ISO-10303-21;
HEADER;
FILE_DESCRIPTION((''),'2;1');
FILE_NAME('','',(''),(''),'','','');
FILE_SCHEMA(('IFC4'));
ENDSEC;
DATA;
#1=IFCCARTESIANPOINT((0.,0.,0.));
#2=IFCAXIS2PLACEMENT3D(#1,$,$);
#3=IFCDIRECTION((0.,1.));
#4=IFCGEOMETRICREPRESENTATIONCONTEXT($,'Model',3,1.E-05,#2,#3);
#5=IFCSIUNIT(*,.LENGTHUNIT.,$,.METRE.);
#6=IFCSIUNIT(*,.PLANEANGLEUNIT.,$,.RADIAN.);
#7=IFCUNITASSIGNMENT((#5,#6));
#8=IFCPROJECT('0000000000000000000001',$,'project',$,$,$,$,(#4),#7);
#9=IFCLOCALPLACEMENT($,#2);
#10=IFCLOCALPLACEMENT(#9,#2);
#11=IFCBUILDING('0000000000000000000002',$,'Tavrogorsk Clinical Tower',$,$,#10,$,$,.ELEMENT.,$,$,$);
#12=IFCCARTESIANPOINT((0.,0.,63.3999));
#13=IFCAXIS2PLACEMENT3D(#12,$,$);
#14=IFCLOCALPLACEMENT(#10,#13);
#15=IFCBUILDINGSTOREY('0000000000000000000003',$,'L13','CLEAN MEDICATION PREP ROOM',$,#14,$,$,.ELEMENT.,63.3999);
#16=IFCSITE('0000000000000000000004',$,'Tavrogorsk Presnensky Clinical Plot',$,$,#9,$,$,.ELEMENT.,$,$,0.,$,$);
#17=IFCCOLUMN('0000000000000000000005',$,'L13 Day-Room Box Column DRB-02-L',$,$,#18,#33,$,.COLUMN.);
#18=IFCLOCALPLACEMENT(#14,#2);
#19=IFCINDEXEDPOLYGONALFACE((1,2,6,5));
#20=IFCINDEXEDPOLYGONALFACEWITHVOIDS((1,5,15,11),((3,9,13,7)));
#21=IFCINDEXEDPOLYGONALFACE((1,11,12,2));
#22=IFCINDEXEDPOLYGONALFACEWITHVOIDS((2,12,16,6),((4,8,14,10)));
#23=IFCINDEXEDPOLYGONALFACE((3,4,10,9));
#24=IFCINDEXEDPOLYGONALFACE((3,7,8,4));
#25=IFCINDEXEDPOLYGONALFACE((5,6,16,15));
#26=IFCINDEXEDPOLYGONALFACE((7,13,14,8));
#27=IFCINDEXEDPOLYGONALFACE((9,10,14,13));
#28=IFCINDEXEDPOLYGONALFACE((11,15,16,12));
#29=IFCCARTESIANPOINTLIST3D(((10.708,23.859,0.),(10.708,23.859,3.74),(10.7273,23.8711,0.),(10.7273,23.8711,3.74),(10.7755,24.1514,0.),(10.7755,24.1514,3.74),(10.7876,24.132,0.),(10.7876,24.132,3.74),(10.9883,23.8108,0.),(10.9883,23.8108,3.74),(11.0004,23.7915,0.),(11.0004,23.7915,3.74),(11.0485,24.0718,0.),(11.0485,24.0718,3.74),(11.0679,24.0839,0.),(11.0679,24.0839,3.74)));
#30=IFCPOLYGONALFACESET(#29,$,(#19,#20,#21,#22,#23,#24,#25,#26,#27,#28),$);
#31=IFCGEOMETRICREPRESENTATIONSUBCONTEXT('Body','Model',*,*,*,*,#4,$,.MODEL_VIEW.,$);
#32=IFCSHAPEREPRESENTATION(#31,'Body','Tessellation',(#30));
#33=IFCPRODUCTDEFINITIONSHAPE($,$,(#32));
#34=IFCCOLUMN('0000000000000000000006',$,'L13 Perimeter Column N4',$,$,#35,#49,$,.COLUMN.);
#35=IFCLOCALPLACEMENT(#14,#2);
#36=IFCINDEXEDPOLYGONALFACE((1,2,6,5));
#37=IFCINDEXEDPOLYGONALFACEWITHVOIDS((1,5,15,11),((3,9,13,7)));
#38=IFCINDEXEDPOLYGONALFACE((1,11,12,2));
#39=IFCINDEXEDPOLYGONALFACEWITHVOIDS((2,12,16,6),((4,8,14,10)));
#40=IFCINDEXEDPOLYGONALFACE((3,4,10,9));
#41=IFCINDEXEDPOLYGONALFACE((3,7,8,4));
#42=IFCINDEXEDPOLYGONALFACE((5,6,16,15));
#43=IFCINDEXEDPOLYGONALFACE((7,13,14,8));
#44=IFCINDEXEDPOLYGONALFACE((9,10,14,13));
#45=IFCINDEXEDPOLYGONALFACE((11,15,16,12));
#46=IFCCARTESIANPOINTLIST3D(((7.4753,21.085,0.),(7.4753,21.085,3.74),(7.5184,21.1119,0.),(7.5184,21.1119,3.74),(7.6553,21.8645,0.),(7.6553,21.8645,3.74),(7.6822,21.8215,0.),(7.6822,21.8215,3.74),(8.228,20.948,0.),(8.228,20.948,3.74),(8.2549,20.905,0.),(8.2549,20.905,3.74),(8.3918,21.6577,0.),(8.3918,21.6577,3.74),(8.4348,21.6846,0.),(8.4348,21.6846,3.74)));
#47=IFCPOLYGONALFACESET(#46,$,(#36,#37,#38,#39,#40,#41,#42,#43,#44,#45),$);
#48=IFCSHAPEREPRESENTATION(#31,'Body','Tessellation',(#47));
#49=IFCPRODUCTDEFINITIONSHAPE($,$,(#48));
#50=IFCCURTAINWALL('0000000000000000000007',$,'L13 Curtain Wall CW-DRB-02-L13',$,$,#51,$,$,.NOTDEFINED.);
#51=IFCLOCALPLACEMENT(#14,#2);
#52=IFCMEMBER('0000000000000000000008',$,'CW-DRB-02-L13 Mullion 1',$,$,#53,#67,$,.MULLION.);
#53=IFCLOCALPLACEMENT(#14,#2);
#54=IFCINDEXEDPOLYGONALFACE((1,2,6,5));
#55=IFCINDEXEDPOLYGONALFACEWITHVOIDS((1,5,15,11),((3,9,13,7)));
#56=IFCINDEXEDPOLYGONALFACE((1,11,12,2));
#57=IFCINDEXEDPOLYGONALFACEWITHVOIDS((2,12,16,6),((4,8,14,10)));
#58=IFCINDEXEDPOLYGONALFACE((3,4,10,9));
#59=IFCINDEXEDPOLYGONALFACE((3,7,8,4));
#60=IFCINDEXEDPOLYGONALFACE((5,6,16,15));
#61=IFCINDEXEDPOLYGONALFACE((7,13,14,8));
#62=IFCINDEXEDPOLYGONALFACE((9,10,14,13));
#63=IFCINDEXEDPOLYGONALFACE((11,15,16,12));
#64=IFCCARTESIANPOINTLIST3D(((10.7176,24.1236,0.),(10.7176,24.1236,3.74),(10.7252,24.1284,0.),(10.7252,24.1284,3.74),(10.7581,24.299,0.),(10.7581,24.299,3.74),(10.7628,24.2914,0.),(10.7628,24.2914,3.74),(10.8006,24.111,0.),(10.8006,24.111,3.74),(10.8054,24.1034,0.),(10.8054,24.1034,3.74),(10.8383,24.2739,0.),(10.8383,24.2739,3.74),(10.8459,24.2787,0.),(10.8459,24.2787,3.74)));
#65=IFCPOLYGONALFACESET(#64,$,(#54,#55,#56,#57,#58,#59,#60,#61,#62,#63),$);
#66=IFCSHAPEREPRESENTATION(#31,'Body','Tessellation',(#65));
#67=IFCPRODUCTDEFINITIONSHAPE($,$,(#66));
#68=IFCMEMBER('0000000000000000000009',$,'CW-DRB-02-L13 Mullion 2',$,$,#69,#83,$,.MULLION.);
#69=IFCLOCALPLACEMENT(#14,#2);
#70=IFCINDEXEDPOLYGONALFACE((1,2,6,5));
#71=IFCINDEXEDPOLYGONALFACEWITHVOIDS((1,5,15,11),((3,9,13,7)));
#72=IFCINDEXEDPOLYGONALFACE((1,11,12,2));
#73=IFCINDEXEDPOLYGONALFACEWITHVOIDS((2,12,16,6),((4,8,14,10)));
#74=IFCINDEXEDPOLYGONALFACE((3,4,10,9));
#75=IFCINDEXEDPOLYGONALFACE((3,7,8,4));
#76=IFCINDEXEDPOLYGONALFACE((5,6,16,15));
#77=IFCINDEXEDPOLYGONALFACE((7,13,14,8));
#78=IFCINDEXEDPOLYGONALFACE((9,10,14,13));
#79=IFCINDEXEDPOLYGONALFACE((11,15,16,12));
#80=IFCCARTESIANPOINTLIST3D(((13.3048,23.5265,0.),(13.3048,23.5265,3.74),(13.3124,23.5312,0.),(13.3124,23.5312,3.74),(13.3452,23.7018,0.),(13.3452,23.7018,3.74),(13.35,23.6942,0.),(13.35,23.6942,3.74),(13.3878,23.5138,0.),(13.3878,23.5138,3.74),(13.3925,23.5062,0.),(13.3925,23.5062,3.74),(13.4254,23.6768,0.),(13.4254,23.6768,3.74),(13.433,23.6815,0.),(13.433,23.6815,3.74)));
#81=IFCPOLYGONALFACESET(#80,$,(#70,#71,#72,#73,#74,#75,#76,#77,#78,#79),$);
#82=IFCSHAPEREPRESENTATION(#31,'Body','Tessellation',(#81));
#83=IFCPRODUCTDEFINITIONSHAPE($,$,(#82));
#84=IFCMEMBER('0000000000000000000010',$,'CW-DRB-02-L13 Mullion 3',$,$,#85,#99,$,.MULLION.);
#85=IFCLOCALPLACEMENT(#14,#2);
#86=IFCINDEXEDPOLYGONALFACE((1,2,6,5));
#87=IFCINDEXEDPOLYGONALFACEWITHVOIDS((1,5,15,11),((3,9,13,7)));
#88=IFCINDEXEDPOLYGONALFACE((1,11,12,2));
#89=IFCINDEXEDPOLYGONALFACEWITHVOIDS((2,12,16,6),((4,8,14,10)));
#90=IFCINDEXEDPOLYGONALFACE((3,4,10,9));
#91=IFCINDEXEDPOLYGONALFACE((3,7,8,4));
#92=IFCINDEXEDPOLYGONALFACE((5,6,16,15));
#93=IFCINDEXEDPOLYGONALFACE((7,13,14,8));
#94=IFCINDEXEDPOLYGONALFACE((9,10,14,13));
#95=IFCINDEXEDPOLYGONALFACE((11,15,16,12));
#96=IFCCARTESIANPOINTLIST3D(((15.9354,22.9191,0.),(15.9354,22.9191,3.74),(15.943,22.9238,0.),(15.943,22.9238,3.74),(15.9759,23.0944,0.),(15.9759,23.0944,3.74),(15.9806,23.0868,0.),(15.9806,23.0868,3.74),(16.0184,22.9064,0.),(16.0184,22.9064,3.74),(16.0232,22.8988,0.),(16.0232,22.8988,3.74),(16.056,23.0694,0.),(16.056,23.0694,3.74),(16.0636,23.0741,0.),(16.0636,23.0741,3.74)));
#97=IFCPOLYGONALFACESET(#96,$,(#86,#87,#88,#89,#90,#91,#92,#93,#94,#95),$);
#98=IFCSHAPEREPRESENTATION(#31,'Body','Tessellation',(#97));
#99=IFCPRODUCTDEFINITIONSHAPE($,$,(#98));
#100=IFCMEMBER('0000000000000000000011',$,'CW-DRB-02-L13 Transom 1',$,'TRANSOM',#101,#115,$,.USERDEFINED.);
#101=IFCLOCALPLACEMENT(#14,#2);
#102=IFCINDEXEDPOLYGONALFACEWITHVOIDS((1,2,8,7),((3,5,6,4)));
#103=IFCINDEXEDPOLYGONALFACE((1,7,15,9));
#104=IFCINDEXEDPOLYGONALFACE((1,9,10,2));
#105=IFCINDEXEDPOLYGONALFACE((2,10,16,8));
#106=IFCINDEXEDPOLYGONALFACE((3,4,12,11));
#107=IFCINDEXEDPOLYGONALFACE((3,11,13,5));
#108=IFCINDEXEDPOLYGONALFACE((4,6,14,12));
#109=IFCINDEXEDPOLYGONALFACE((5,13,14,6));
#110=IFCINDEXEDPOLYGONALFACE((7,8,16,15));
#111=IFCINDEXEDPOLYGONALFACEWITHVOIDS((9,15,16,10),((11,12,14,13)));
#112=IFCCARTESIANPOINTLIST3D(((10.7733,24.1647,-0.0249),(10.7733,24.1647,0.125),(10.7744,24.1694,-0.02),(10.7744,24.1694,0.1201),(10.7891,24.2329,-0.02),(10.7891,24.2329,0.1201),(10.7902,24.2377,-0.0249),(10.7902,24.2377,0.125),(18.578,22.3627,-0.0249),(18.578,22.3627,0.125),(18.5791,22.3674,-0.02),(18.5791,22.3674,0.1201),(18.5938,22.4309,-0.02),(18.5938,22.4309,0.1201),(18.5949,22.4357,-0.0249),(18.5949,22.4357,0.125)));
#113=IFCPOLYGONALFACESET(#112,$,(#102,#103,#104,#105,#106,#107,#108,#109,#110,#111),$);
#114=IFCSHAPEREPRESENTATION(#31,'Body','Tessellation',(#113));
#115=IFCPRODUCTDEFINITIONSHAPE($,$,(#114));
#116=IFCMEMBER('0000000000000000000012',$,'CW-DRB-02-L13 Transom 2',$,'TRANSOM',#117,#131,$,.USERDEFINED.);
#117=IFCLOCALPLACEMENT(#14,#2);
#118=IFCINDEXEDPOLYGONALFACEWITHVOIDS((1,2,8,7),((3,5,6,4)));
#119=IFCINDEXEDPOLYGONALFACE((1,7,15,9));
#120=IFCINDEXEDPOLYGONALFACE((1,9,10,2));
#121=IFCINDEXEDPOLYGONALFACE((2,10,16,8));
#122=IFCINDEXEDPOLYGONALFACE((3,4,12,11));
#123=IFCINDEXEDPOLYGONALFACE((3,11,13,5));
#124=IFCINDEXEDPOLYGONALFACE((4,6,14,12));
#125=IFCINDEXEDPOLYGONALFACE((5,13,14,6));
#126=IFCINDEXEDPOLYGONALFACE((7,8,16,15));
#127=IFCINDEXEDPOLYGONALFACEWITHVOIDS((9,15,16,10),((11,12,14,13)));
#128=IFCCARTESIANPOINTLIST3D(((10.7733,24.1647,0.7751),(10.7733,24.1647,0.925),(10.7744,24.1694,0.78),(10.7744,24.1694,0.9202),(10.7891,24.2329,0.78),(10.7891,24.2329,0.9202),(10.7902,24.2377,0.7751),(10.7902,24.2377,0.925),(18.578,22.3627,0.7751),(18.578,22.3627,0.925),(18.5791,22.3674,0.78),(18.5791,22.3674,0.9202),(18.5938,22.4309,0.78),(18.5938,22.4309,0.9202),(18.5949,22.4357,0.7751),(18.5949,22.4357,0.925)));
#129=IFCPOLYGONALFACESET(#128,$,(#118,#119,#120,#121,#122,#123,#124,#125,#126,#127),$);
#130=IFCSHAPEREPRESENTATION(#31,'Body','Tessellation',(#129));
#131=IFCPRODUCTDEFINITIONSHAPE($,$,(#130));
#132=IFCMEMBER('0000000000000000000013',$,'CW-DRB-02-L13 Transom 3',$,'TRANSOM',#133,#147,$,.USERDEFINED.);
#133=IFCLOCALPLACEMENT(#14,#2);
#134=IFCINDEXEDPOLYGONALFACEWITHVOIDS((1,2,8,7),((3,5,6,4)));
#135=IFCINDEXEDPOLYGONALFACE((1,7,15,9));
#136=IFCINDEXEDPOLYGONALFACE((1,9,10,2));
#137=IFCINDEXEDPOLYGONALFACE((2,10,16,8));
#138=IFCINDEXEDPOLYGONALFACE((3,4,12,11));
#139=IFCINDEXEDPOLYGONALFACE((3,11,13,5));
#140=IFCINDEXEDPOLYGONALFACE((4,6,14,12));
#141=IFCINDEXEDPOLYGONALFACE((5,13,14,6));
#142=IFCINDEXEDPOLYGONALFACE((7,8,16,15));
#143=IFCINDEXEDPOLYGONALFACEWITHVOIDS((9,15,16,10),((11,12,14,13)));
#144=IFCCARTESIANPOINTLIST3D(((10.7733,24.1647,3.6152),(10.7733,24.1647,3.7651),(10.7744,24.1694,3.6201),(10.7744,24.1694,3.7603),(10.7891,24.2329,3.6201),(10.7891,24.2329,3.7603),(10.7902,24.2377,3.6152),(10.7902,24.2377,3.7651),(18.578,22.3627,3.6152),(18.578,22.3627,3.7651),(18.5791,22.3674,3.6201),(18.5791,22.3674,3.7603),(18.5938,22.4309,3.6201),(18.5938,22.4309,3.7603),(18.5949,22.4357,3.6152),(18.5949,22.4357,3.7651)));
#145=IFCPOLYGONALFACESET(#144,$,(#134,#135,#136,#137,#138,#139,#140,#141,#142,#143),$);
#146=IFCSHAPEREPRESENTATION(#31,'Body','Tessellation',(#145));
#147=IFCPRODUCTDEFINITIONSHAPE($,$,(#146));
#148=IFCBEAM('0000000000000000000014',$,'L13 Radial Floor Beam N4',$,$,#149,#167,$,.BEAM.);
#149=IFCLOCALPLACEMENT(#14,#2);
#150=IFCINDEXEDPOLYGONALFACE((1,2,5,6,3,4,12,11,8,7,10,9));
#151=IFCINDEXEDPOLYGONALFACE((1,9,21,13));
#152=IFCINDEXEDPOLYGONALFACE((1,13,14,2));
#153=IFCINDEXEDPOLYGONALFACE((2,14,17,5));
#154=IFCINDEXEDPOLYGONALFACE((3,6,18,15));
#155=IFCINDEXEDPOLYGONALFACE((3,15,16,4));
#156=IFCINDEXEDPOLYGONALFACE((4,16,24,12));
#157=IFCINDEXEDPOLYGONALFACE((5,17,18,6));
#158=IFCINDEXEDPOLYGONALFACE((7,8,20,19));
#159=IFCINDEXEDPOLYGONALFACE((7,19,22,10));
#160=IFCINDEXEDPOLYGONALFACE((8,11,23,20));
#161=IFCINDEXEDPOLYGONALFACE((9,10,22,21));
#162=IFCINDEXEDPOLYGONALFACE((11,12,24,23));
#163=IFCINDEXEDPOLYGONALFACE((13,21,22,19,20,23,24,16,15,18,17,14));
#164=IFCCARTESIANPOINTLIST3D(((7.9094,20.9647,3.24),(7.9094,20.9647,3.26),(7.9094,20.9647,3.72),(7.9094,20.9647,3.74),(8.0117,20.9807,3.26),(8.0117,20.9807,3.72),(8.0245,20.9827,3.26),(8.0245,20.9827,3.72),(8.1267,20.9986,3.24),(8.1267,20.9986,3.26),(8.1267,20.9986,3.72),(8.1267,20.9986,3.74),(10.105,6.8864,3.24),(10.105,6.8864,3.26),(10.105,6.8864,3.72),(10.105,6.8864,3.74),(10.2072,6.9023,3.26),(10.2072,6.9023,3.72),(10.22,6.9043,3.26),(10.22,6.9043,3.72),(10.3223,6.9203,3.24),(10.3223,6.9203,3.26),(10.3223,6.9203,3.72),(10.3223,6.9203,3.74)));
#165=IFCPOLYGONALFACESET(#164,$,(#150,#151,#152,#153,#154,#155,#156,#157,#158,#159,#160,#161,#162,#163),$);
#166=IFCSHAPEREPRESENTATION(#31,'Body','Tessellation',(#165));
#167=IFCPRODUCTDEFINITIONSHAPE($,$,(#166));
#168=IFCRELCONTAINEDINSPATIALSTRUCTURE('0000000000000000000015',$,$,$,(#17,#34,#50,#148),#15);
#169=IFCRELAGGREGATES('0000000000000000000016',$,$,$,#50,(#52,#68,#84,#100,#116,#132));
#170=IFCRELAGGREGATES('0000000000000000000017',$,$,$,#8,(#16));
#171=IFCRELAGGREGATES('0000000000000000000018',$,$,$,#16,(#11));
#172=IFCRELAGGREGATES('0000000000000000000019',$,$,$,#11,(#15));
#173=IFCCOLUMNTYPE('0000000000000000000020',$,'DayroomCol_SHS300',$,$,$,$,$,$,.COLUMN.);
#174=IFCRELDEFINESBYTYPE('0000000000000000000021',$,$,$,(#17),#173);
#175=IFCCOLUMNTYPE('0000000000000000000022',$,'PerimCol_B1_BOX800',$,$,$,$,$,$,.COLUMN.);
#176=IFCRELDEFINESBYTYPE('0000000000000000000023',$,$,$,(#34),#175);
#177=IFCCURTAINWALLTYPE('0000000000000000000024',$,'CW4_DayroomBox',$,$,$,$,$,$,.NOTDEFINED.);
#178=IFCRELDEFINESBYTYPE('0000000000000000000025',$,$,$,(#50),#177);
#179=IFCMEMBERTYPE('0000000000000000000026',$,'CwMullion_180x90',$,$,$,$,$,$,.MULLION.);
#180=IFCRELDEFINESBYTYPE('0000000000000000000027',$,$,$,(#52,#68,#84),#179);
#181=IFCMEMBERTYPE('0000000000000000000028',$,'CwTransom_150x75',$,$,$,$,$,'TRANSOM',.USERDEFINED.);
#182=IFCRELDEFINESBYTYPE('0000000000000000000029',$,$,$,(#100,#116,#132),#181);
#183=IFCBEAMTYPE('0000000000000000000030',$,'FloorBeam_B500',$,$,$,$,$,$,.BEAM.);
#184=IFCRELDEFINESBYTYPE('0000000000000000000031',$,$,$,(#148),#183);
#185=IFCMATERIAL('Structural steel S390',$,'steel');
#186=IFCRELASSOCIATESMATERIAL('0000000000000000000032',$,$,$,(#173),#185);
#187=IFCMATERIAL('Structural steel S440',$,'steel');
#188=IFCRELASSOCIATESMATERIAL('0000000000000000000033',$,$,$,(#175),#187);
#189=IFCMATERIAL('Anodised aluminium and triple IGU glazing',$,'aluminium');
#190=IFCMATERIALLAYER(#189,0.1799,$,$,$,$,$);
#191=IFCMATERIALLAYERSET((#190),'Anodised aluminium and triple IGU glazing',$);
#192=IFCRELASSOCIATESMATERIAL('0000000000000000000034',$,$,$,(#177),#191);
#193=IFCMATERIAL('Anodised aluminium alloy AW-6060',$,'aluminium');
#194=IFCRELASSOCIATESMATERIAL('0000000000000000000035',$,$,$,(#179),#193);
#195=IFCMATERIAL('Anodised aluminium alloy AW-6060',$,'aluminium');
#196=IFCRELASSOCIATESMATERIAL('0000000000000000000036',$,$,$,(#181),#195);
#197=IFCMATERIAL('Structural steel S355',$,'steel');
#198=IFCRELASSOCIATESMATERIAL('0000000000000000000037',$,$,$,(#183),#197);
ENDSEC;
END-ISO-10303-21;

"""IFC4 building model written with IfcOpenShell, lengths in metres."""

from ifc_helpers import new_model, si_unit, direction, frame, origin, origin_2d, place, context, subcontext, project, spatial, hollow_rectangle, i_section, extrude, material, layer, layer_set, material_profile, profile_set, type_object, element, aggregate, save


model = new_model("IFC4")

# Units and contexts
model_context = context("Model", 3, precision=1e-05, world=origin(), true_north=direction((0.0, 1.0)))
body_context = subcontext(model_context, "Body", "Model", "MODEL_VIEW")
ifc_project = project(units=[si_unit("LENGTHUNIT", "METRE"), si_unit("PLANEANGLEUNIT", "RADIAN")], contexts=[model_context])

# Site, building, storey
site_placement = place(None, origin())
site = spatial("IfcSite", under=ifc_project, at=site_placement, Name="Tavrogorsk Presnensky Clinical Plot", CompositionType="ELEMENT", RefElevation=0.0)
building_placement = place(site_placement, origin())
building = spatial("IfcBuilding", under=site, at=building_placement, Name="Tavrogorsk Clinical Tower", CompositionType="ELEMENT")
storey_placement = place(building_placement, frame((0.0, 0.0, 63.3999)))
storey = spatial("IfcBuildingStorey", under=building, at=storey_placement, Name="L13", Description="CLEAN MEDICATION PREP ROOM", CompositionType="ELEMENT", Elevation=63.3999)

# Columns
ifc_material_1 = material(Name="Structural steel S390", Category="steel")
ifc_material_profile_1 = material_profile(ifc_material_1, hollow_rectangle(XDim=0.3, YDim=0.3, WallThickness=0.0161, at=origin_2d()), Name="SHS-300x300x16")
ifc_profile_set_1 = profile_set([ifc_material_profile_1], Name="Structural steel S390")
column_type_1 = type_object("IfcColumnType", Name="DayroomCol_SHS300", PredefinedType="COLUMN", material=ifc_profile_set_1)
column_1_placement = place(storey_placement, frame((10.8879, 23.9714, 0.0), z_axis=(0.0, 0.0, 1.0), x_axis=(0.97437, -0.224951, 0.0)))
element("IfcColumn", 1, at=column_1_placement, inside=storey, type_object=column_type_1, Name="L13 Day-Room Box Column DRB-02-L", PredefinedType="COLUMN", context=body_context, shape_type="SweptSolid", body=[
    extrude(hollow_rectangle(XDim=0.3, YDim=0.3, WallThickness=0.0161, at=origin_2d()), origin(), (0.0, 0.0, 1.0), 3.74),
])
ifc_material_2 = material(Name="Structural steel S440", Category="steel")
ifc_material_profile_2 = material_profile(ifc_material_2, hollow_rectangle(XDim=0.8, YDim=0.8, WallThickness=0.0359, at=origin_2d()), Name="BOX-800x800x36")
ifc_profile_set_2 = profile_set([ifc_material_profile_2], Name="Structural steel S440")
column_type_2 = type_object("IfcColumnType", Name="PerimCol_B1_BOX800", PredefinedType="COLUMN", material=ifc_profile_set_2)
column_2_placement = place(storey_placement, frame((7.9551, 21.3848, 0.0), z_axis=(0.0, 0.0, 1.0), x_axis=(0.97437, -0.224951, 0.0)))
element("IfcColumn", 2, at=column_2_placement, inside=storey, type_object=column_type_2, Name="L13 Perimeter Column N4", PredefinedType="COLUMN", context=body_context, shape_type="SweptSolid", body=[
    extrude(hollow_rectangle(XDim=0.8, YDim=0.8, WallThickness=0.0359, at=origin_2d()), origin(), (0.0, 0.0, 1.0), 3.74),
])

# Curtain wall, members
ifc_material_3 = material(Name="Anodised aluminium and triple IGU glazing", Category="aluminium")
ifc_layer_1 = layer(ifc_material_3, 0.1799)
ifc_layer_set_1 = layer_set([ifc_layer_1], Name="Anodised aluminium and triple IGU glazing")
curtain_wall_type = type_object("IfcCurtainWallType", Name="CW4_DayroomBox", PredefinedType="NOTDEFINED", material=ifc_layer_set_1)
curtain_wall_placement = place(storey_placement, origin())
curtain_wall = element("IfcCurtainWall", 3, at=curtain_wall_placement, inside=storey, type_object=curtain_wall_type, Name="L13 Curtain Wall CW-DRB-02-L13", PredefinedType="NOTDEFINED")
ifc_material_4 = material(Name="Anodised aluminium alloy AW-6060", Category="aluminium")
ifc_material_profile_3 = material_profile(ifc_material_4, hollow_rectangle(XDim=0.0901, YDim=0.1799, WallThickness=0.0063, at=origin_2d()), Name="RHS-180x90x6.3")
ifc_profile_set_3 = profile_set([ifc_material_profile_3], Name="Anodised aluminium alloy AW-6060")
member_type_1 = type_object("IfcMemberType", Name="CwMullion_180x90", PredefinedType="MULLION", material=ifc_profile_set_3)
member_1_placement = place(storey_placement, frame((10.7817, 24.2012, 0.0), z_axis=(0.0, 0.0, 1.0), x_axis=(0.97437, -0.224951, 0.0)))
member_1 = element("IfcMember", 4, at=member_1_placement, type_object=member_type_1, Name="CW-DRB-02-L13 Mullion 1", PredefinedType="MULLION", context=body_context, shape_type="SweptSolid", body=[
    extrude(hollow_rectangle(XDim=0.0901, YDim=0.1799, WallThickness=0.0063, at=origin_2d()), origin(), (0.0, 0.0, 1.0), 3.74),
])
member_2_placement = place(storey_placement, frame((13.3689, 23.604, 0.0), z_axis=(0.0, 0.0, 1.0), x_axis=(0.97437, -0.224951, 0.0)))
member_2 = element("IfcMember", 5, at=member_2_placement, type_object=member_type_1, Name="CW-DRB-02-L13 Mullion 2", PredefinedType="MULLION", context=body_context, shape_type="SweptSolid", body=[
    extrude(hollow_rectangle(XDim=0.0901, YDim=0.1799, WallThickness=0.0063, at=origin_2d()), origin(), (0.0, 0.0, 1.0), 3.74),
])
member_3_placement = place(storey_placement, frame((15.9995, 22.9966, 0.0), z_axis=(0.0, 0.0, 1.0), x_axis=(0.97437, -0.224951, 0.0)))
member_3 = element("IfcMember", 6, at=member_3_placement, type_object=member_type_1, Name="CW-DRB-02-L13 Mullion 3", PredefinedType="MULLION", context=body_context, shape_type="SweptSolid", body=[
    extrude(hollow_rectangle(XDim=0.0901, YDim=0.1799, WallThickness=0.0063, at=origin_2d()), origin(), (0.0, 0.0, 1.0), 3.74),
])
ifc_material_5 = material(Name="Anodised aluminium alloy AW-6060", Category="aluminium")
ifc_material_profile_4 = material_profile(ifc_material_5, hollow_rectangle(XDim=0.075, YDim=0.1499, WallThickness=0.0049, at=origin_2d()), Name="RHS-150x75x5")
ifc_profile_set_4 = profile_set([ifc_material_profile_4], Name="Anodised aluminium alloy AW-6060")
member_type_2 = type_object("IfcMemberType", Name="CwTransom_150x75", ElementType="TRANSOM", PredefinedType="USERDEFINED", material=ifc_profile_set_4)
member_4_placement = place(storey_placement, frame((10.7817, 24.2012, 0.05), z_axis=(0.974366, -0.224969, 0.0), x_axis=(0.224969, 0.974366, 0.0)))
member_4 = element("IfcMember", 7, at=member_4_placement, type_object=member_type_2, Name="CW-DRB-02-L13 Transom 1", ObjectType="TRANSOM", PredefinedType="USERDEFINED", context=body_context, shape_type="SweptSolid", body=[
    extrude(hollow_rectangle(XDim=0.075, YDim=0.1499, WallThickness=0.0049, at=origin_2d()), origin(), (0.0, 0.0, 1.0), 8.01),
])
member_5_placement = place(storey_placement, frame((10.7817, 24.2012, 0.8501), z_axis=(0.974366, -0.224969, 0.0), x_axis=(0.224969, 0.974366, 0.0)))
member_5 = element("IfcMember", 8, at=member_5_placement, type_object=member_type_2, Name="CW-DRB-02-L13 Transom 2", ObjectType="TRANSOM", PredefinedType="USERDEFINED", context=body_context, shape_type="SweptSolid", body=[
    extrude(hollow_rectangle(XDim=0.075, YDim=0.1499, WallThickness=0.0049, at=origin_2d()), origin(), (0.0, 0.0, 1.0), 8.01),
])
member_6_placement = place(storey_placement, frame((10.7817, 24.2012, 3.6902), z_axis=(0.974366, -0.224969, 0.0), x_axis=(0.224969, 0.974366, 0.0)))
member_6 = element("IfcMember", 9, at=member_6_placement, type_object=member_type_2, Name="CW-DRB-02-L13 Transom 3", ObjectType="TRANSOM", PredefinedType="USERDEFINED", context=body_context, shape_type="SweptSolid", body=[
    extrude(hollow_rectangle(XDim=0.075, YDim=0.1499, WallThickness=0.0049, at=origin_2d()), origin(), (0.0, 0.0, 1.0), 8.01),
])

# Beam
ifc_material_6 = material(Name="Structural steel S355", Category="steel")
ifc_material_profile_5 = material_profile(ifc_material_6, i_section(OverallWidth=0.22, OverallDepth=0.5, WebThickness=0.0129, FlangeThickness=0.02, at=origin_2d()), Name="B-500x220x13x20")
ifc_profile_set_5 = profile_set([ifc_material_profile_5], Name="Structural steel S355")
beam_type_1 = type_object("IfcBeamType", Name="FloorBeam_B500", PredefinedType="BEAM", material=ifc_profile_set_5)
beam_1_placement = place(storey_placement, frame((10.2136, 6.9033, 3.49), z_axis=(-0.15409, 0.988057, 0.0), x_axis=(-0.988057, -0.15409, 0.0)))
element("IfcBeam", 10, at=beam_1_placement, inside=storey, type_object=beam_type_1, Name="L13 Radial Floor Beam N4", PredefinedType="BEAM", context=body_context, shape_type="SweptSolid", body=[
    extrude(i_section(OverallWidth=0.22, OverallDepth=0.5, WebThickness=0.0129, FlangeThickness=0.02, at=origin_2d()), origin(), (0.0, 0.0, 1.0), 14.2485),
])

aggregate(curtain_wall, [member_1, member_2, member_3, member_4, member_5, member_6])

save(model, "model.ifc")
